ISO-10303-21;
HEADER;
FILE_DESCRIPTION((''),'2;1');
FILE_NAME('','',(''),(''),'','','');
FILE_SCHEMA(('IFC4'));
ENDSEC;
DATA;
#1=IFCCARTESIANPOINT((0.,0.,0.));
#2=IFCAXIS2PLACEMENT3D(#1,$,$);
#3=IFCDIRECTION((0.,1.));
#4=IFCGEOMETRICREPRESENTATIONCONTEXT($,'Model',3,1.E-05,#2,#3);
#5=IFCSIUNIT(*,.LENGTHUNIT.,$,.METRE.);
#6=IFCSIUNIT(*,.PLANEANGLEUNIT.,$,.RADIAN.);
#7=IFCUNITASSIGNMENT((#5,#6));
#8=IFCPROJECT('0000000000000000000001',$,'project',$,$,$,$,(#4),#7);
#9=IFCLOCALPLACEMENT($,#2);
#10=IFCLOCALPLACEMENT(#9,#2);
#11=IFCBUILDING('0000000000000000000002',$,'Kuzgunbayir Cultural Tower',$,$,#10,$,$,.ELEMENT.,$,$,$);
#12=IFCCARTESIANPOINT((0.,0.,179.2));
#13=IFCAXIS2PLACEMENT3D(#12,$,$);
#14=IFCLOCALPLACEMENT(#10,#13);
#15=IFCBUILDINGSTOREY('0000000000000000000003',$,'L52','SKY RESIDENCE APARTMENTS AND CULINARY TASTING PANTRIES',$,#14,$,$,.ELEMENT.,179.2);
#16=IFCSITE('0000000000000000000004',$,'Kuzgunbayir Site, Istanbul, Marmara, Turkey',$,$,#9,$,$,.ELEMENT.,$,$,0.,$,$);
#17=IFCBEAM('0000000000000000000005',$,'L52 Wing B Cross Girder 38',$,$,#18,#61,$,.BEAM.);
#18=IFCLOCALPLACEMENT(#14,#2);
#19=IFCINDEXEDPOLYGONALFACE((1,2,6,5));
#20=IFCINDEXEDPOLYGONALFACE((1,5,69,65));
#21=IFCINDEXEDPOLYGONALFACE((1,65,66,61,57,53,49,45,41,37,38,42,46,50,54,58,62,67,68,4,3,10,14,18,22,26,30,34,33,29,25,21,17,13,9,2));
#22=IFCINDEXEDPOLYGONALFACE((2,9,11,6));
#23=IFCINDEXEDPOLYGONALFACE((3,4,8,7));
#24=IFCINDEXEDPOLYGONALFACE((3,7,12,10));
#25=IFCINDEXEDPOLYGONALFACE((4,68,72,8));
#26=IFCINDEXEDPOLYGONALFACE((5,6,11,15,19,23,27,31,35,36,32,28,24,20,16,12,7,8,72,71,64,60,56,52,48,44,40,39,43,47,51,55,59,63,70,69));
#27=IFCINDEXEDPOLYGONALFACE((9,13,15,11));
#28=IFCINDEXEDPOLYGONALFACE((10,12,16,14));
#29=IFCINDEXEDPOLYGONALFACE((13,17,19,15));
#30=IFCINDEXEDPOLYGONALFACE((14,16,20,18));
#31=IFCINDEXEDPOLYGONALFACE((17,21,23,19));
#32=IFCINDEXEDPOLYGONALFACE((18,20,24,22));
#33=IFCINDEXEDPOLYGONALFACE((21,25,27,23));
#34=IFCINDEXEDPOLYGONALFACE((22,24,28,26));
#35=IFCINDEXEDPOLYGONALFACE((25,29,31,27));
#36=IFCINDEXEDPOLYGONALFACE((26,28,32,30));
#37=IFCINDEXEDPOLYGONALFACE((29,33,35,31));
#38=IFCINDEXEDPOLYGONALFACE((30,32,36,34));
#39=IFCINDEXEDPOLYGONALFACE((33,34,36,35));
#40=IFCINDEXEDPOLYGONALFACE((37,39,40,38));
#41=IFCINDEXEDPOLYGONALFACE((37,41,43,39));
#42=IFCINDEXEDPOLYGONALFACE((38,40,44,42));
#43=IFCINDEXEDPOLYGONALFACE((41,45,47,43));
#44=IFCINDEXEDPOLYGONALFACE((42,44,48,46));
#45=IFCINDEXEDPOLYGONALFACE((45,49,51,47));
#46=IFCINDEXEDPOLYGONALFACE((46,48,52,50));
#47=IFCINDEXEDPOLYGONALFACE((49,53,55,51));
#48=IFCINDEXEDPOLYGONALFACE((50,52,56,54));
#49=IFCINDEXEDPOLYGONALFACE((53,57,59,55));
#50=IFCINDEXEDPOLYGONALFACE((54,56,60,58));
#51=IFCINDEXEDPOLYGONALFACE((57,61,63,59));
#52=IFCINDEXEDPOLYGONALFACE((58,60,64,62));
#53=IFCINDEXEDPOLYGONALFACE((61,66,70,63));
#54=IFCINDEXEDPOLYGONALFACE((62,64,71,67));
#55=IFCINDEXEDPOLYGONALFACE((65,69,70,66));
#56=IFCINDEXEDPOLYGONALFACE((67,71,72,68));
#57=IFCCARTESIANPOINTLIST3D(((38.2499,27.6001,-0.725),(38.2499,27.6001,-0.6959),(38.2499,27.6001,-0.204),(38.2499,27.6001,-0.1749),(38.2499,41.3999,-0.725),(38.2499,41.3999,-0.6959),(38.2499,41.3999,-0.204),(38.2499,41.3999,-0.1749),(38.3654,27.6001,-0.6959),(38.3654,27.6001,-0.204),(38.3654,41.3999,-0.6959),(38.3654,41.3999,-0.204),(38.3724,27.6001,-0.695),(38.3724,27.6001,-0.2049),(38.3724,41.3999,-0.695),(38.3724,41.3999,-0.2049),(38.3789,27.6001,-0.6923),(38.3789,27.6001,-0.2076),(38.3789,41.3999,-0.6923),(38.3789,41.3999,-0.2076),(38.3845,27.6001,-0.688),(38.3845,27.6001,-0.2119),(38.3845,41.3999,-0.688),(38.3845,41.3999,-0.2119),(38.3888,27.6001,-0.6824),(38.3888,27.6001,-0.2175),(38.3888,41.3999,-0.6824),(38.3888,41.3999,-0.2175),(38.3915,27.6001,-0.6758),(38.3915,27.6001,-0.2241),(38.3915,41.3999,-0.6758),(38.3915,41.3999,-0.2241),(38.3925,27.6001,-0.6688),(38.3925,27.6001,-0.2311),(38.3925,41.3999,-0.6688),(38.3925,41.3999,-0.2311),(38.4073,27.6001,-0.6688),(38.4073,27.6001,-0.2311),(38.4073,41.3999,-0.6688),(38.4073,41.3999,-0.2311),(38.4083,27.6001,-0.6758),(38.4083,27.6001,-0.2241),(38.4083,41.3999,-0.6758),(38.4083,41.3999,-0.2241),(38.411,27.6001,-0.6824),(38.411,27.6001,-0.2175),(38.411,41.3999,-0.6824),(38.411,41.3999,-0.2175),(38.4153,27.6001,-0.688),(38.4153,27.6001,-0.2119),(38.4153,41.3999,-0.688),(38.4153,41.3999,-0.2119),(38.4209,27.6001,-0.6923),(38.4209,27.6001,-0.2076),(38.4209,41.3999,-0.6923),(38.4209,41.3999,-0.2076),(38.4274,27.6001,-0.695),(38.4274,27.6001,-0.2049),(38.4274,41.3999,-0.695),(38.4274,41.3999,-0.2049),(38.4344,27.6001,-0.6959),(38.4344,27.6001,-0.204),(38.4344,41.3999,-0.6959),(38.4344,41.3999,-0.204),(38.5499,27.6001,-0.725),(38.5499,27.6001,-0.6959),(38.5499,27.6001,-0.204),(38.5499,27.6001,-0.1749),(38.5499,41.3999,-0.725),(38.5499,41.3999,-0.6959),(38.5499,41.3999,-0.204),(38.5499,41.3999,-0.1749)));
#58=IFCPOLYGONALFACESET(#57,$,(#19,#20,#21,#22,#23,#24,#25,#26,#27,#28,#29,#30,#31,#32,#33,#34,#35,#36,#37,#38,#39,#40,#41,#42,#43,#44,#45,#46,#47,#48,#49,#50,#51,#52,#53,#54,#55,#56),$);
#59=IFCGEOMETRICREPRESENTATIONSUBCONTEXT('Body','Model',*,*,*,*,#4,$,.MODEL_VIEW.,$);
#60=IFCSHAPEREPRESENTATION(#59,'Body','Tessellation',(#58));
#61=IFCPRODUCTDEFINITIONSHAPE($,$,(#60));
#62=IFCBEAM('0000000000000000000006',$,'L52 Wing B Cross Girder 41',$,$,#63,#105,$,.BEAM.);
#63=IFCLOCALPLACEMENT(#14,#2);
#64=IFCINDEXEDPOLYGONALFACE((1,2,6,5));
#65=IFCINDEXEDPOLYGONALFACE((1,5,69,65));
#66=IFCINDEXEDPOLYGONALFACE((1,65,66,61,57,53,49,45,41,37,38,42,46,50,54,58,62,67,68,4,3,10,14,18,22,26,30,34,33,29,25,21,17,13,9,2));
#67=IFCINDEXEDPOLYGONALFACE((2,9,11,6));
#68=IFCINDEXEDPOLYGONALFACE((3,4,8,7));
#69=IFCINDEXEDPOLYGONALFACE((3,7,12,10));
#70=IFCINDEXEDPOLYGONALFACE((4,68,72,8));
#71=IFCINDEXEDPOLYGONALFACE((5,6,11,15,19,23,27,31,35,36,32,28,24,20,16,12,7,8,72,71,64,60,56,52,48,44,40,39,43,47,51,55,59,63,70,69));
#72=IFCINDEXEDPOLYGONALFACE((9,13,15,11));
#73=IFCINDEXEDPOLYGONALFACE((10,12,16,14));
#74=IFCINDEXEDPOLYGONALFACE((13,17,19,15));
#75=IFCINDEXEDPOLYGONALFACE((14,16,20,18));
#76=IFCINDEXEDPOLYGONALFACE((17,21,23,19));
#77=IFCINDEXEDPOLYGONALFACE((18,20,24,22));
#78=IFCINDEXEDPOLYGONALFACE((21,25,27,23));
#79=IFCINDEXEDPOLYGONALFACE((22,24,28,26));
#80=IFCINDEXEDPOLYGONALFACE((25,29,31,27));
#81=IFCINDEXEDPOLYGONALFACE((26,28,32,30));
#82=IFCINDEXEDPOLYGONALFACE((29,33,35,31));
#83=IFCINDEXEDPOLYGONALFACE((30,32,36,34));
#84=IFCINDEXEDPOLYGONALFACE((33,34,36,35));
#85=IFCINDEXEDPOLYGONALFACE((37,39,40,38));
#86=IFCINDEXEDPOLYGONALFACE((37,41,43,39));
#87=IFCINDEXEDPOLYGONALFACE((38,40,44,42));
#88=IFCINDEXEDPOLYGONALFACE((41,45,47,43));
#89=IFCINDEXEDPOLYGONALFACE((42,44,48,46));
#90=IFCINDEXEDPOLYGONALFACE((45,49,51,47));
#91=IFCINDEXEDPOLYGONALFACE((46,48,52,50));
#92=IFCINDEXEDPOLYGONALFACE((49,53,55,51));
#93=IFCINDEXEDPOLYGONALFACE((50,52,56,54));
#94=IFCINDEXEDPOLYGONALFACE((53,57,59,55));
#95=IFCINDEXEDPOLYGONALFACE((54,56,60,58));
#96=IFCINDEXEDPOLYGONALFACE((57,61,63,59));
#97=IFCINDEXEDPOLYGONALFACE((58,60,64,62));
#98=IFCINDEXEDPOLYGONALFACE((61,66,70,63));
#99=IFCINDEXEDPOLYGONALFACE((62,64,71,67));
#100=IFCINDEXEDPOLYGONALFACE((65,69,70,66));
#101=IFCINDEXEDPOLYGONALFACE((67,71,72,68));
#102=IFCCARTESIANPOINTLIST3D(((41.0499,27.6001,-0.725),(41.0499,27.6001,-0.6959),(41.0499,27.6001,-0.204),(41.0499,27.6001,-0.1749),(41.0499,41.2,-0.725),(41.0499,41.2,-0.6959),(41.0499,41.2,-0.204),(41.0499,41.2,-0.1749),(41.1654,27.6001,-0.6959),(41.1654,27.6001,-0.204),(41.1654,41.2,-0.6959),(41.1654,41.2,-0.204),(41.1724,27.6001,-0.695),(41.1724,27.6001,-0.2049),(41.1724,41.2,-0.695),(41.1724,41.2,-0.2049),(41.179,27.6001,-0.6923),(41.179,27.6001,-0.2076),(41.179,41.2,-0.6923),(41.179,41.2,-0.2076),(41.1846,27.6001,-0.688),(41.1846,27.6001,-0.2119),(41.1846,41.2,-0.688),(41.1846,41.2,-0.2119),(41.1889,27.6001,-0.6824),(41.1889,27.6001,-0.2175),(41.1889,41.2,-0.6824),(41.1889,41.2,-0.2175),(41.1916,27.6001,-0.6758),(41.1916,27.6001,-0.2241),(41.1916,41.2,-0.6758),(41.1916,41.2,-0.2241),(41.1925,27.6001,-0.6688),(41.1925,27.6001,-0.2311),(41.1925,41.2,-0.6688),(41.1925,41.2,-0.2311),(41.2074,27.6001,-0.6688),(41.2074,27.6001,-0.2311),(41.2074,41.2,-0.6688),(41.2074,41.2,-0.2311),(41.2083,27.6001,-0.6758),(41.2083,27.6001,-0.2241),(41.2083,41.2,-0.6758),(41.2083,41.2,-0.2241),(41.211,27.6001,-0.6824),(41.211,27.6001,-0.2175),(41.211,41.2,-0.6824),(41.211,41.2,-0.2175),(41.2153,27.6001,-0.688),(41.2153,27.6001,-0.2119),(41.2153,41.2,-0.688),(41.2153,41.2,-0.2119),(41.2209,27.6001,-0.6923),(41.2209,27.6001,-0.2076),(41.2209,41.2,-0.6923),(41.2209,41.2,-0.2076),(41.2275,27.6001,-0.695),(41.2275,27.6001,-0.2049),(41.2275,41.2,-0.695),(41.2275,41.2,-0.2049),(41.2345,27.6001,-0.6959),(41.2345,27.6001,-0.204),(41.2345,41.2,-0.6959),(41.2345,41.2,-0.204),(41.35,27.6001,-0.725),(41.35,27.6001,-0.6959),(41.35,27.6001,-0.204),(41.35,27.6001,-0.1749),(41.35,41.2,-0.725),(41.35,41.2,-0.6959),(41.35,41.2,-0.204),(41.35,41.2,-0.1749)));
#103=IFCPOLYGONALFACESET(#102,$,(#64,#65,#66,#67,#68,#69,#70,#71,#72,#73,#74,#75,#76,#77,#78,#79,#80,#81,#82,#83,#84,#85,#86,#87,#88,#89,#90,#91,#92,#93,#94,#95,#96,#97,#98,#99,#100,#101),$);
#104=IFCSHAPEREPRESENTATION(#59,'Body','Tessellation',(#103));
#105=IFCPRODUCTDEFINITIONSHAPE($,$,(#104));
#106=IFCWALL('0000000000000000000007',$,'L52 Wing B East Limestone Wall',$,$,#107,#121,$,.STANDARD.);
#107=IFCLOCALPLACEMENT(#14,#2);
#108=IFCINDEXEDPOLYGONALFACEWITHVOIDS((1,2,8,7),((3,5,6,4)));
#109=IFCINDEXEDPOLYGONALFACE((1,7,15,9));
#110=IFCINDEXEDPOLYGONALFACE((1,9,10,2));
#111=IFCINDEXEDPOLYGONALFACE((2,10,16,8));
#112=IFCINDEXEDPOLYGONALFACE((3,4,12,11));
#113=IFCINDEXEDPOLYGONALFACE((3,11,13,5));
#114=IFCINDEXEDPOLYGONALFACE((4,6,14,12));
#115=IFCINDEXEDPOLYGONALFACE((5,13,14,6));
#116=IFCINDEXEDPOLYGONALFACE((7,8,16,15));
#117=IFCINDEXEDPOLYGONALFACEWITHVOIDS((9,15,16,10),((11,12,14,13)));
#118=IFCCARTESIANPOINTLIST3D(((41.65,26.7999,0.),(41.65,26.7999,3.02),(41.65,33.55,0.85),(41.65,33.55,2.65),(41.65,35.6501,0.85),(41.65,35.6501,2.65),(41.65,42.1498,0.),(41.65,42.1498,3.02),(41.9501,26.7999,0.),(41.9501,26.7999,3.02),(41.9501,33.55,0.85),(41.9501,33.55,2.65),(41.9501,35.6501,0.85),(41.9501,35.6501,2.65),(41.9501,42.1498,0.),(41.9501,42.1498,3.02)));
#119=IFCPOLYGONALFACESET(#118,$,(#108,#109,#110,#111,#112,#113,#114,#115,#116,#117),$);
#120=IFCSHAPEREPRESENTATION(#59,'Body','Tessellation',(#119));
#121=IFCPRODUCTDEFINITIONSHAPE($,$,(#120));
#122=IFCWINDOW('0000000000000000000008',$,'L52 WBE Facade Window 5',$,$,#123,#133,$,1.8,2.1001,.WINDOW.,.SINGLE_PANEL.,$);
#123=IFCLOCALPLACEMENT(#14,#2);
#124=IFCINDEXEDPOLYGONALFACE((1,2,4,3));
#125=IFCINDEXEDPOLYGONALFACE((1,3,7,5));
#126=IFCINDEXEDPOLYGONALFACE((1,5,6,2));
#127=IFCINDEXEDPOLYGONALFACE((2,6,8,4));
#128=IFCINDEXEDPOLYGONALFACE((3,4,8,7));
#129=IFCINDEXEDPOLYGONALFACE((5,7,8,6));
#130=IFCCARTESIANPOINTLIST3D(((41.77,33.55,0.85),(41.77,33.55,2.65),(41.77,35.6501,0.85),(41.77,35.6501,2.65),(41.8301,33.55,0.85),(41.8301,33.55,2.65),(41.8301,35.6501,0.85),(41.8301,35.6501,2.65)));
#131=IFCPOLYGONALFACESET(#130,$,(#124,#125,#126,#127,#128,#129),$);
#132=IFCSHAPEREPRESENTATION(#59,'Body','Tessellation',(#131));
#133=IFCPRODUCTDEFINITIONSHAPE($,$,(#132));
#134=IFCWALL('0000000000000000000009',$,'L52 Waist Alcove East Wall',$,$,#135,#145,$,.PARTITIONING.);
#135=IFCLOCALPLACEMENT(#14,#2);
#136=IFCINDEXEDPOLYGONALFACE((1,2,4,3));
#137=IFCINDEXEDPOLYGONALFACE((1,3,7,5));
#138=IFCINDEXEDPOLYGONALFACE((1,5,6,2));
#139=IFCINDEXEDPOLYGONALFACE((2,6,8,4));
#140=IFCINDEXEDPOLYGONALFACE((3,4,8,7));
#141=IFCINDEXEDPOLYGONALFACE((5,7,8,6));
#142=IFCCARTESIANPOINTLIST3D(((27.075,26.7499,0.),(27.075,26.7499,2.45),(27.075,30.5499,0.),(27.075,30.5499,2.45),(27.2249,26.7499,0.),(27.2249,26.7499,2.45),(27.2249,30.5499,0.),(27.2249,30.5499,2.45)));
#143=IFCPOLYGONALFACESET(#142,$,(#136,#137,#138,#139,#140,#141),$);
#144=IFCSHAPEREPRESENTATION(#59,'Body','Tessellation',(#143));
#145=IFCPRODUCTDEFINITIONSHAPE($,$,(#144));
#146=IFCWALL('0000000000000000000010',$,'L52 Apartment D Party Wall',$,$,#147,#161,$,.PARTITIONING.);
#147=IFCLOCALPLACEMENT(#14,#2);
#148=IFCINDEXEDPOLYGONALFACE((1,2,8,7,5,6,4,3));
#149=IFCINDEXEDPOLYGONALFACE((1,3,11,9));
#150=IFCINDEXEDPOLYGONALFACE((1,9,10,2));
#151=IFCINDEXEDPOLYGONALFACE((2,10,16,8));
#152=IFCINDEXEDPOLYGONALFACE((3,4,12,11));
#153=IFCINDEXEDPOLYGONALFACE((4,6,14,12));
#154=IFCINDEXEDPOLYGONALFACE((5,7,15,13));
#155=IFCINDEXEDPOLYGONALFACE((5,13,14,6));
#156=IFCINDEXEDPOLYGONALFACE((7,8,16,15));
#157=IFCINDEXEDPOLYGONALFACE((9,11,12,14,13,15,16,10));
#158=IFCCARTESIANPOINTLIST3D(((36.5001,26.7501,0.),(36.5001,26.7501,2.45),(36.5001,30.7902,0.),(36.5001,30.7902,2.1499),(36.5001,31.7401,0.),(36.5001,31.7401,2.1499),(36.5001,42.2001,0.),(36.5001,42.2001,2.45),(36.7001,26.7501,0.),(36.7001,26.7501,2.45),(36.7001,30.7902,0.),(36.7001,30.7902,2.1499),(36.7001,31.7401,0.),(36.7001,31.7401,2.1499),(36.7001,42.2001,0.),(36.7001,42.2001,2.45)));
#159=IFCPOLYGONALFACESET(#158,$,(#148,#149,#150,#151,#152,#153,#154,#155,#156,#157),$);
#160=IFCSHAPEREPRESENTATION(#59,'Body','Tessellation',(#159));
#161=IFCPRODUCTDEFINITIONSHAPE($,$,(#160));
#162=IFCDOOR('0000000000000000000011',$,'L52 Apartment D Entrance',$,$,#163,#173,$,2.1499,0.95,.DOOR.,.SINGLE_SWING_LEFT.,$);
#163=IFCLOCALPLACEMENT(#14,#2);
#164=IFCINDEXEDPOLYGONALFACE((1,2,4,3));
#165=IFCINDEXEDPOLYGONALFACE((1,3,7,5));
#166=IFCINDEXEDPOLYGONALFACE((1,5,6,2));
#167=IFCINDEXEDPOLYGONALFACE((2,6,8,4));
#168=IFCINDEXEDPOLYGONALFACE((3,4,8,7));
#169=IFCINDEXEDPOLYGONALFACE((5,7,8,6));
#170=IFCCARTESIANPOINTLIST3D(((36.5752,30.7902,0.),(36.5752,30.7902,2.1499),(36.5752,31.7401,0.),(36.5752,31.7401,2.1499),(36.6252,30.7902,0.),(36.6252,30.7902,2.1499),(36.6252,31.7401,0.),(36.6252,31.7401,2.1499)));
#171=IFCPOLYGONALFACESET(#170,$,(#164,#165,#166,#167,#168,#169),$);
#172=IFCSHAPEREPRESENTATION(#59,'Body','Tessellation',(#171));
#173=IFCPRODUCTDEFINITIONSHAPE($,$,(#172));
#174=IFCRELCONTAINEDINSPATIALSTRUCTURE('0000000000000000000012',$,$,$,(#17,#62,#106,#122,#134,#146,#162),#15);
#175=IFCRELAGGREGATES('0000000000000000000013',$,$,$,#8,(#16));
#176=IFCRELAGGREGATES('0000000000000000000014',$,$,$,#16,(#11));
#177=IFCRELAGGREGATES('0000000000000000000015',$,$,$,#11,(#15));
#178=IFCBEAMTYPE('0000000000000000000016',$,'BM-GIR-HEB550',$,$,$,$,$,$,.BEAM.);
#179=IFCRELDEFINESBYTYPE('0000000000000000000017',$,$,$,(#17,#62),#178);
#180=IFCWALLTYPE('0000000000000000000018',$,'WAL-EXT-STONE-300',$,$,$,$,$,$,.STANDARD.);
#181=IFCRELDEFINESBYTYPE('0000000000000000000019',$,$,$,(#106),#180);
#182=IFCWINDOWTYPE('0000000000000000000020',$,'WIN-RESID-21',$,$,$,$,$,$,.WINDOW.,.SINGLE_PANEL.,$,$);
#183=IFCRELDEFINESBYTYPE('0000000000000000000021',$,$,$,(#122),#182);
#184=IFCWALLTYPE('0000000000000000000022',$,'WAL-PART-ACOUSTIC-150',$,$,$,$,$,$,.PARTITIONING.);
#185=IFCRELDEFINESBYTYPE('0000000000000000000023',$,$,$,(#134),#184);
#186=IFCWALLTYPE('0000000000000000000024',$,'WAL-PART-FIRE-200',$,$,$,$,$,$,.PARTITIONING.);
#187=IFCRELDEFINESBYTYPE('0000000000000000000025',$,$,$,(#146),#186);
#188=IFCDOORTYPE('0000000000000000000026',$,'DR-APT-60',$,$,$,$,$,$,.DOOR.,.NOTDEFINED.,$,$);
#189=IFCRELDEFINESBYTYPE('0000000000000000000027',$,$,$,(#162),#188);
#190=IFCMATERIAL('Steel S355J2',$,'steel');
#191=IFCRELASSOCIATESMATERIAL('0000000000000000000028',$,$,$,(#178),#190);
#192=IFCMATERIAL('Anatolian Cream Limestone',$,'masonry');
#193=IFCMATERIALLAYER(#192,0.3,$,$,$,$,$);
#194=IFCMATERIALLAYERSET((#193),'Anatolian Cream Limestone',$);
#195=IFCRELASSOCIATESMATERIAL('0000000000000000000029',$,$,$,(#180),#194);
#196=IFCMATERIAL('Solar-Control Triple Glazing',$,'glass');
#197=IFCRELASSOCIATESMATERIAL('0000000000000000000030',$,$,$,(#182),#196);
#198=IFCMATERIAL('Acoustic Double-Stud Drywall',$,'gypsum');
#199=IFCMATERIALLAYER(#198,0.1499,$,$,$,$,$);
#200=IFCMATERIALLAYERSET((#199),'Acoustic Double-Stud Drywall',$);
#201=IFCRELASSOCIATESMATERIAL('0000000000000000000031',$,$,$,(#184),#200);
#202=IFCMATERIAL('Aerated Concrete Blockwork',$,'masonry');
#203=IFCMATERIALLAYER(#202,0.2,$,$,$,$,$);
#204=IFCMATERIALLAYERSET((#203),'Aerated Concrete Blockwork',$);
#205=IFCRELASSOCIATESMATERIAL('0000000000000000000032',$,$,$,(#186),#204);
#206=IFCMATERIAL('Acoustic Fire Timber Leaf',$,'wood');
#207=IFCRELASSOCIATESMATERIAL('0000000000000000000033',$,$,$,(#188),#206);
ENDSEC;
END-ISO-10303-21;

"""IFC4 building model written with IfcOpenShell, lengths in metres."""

from ifc_helpers import new_model, si_unit, direction, frame, frame_2d, origin, origin_2d, place, context, subcontext, project, spatial, rectangle, i_section, extrude, material, layer, layer_set, material_profile, profile_set, type_object, element, fill, save


model = new_model("IFC4")

# Units and contexts
model_context = context("Model", 3, precision=1e-05, world=origin(), true_north=direction((0.0, 1.0)))
body_context = subcontext(model_context, "Body", "Model", "MODEL_VIEW")
ifc_project = project(units=[si_unit("LENGTHUNIT", "METRE"), si_unit("PLANEANGLEUNIT", "RADIAN")], contexts=[model_context])

# Site, building, storey
site_placement = place(None, origin())
site = spatial("IfcSite", under=ifc_project, at=site_placement, Name="Kuzgunbayir Site, Istanbul, Marmara, Turkey", CompositionType="ELEMENT", RefElevation=0.0)
building_placement = place(site_placement, origin())
building = spatial("IfcBuilding", under=site, at=building_placement, Name="Kuzgunbayir Cultural Tower", CompositionType="ELEMENT")
storey_placement = place(building_placement, frame((0.0, 0.0, 179.2)))
storey = spatial("IfcBuildingStorey", under=building, at=storey_placement, Name="L52", Description="SKY RESIDENCE APARTMENTS AND CULINARY TASTING PANTRIES", CompositionType="ELEMENT", Elevation=179.2)

# Beams
ifc_material_1 = material(Name="Steel S355J2", Category="steel")
ifc_material_profile_1 = material_profile(ifc_material_1, i_section(OverallWidth=0.3, OverallDepth=0.55, WebThickness=0.0149, FlangeThickness=0.0291, FilletRadius=0.0271, at=origin_2d()), Name="HEB 550")
ifc_profile_set_1 = profile_set([ifc_material_profile_1], Name="Steel S355J2")
beam_type_1 = type_object("IfcBeamType", Name="BM-GIR-HEB550", PredefinedType="BEAM", material=ifc_profile_set_1)
beam_1_placement = place(storey_placement, frame((38.3999, 27.6001, -0.45), z_axis=(0.0, 1.0, 0.0), x_axis=(-1.0, 0.0, 0.0)))
element("IfcBeam", 1, at=beam_1_placement, inside=storey, type_object=beam_type_1, Name="L52 Wing B Cross Girder 38", PredefinedType="BEAM", context=body_context, shape_type="SweptSolid", body=[
    extrude(i_section(OverallWidth=0.3, OverallDepth=0.55, WebThickness=0.0149, FlangeThickness=0.0291, FilletRadius=0.0271, at=origin_2d()), origin(), (0.0, 0.0, 1.0), 13.7998),
])
beam_2_placement = place(storey_placement, frame((41.2, 27.6001, -0.45), z_axis=(0.0, 1.0, 0.0), x_axis=(-1.0, 0.0, 0.0)))
element("IfcBeam", 2, at=beam_2_placement, inside=storey, type_object=beam_type_1, Name="L52 Wing B Cross Girder 41", PredefinedType="BEAM", context=body_context, shape_type="SweptSolid", body=[
    extrude(i_section(OverallWidth=0.3, OverallDepth=0.55, WebThickness=0.0149, FlangeThickness=0.0291, FilletRadius=0.0271, at=origin_2d()), origin(), (0.0, 0.0, 1.0), 13.5999),
])

# Wall, opening, window
ifc_material_2 = material(Name="Anatolian Cream Limestone", Category="masonry")
ifc_layer_1 = layer(ifc_material_2, 0.3)
ifc_layer_set_1 = layer_set([ifc_layer_1], Name="Anatolian Cream Limestone")
wall_type_1 = type_object("IfcWallType", Name="WAL-EXT-STONE-300", PredefinedType="STANDARD", material=ifc_layer_set_1)
wall_1_placement = place(storey_placement, frame((41.8, 26.8, 0.0), z_axis=(0.0, 0.0, 1.0), x_axis=(0.0, 1.0, 0.0)))
wall_1 = element("IfcWall", 3, at=wall_1_placement, inside=storey, type_object=wall_type_1, Name="L52 Wing B East Limestone Wall", PredefinedType="STANDARD", context=body_context, shape_type="SweptSolid", body=[
    extrude(rectangle(XDim=15.3499, YDim=0.3, at=frame_2d((7.6748, 0.0))), origin(), (0.0, 0.0, 1.0), 3.02),
])
opening_1_placement = place(wall_1_placement, frame((6.75, 0.0, 0.8501)))
opening_1 = element("IfcOpeningElement", 4, at=opening_1_placement, cuts=wall_1, PredefinedType="OPENING", context=body_context, shape_type="SweptSolid", body=[
    extrude(rectangle(XDim=2.1001, YDim=1.8, at=frame_2d((1.05, 0.8999))), frame((0.0, 0.1602, 0.0), z_axis=(0.0, -1.0, 0.0), x_axis=(1.0, 0.0, 0.0)), (0.0, 0.0, 1.0), 0.3201),
])
ifc_material_3 = material(Name="Solar-Control Triple Glazing", Category="glass")
window_type = type_object("IfcWindowType", Name="WIN-RESID-21", PartitioningType="SINGLE_PANEL", PredefinedType="WINDOW", material=ifc_material_3)
window_placement = place(opening_1_placement, origin())
window = element("IfcWindow", 5, at=window_placement, inside=storey, type_object=window_type, Name="L52 WBE Facade Window 5", OverallHeight=1.8, OverallWidth=2.1001, PartitioningType="SINGLE_PANEL", PredefinedType="WINDOW", context=body_context, shape_type="SweptSolid", body=[
    extrude(rectangle(XDim=2.1001, YDim=1.8, at=frame_2d((1.05, 0.8999))), frame((0.0, 0.03, 0.0), z_axis=(0.0, -1.0, 0.0), x_axis=(1.0, 0.0, 0.0)), (0.0, 0.0, 1.0), 0.0601),
])
fill(opening_1, window)

# Wall
ifc_material_4 = material(Name="Acoustic Double-Stud Drywall", Category="gypsum")
ifc_layer_2 = layer(ifc_material_4, 0.1499)
ifc_layer_set_2 = layer_set([ifc_layer_2], Name="Acoustic Double-Stud Drywall")
wall_type_2 = type_object("IfcWallType", Name="WAL-PART-ACOUSTIC-150", PredefinedType="PARTITIONING", material=ifc_layer_set_2)
wall_2_placement = place(storey_placement, frame((27.1499, 26.75, 0.0), z_axis=(0.0, 0.0, 1.0), x_axis=(0.0, 1.0, 0.0)))
element("IfcWall", 6, at=wall_2_placement, inside=storey, type_object=wall_type_2, Name="L52 Waist Alcove East Wall", PredefinedType="PARTITIONING", context=body_context, shape_type="SweptSolid", body=[
    extrude(rectangle(XDim=3.8, YDim=0.1499, at=frame_2d((1.8999, 0.0))), origin(), (0.0, 0.0, 1.0), 2.45),
])

# Wall, opening, door
ifc_material_5 = material(Name="Aerated Concrete Blockwork", Category="masonry")
ifc_layer_3 = layer(ifc_material_5, 0.2)
ifc_layer_set_3 = layer_set([ifc_layer_3], Name="Aerated Concrete Blockwork")
wall_type_3 = type_object("IfcWallType", Name="WAL-PART-FIRE-200", PredefinedType="PARTITIONING", material=ifc_layer_set_3)
wall_3_placement = place(storey_placement, frame((36.6001, 26.75, 0.0), z_axis=(0.0, 0.0, 1.0), x_axis=(0.0, 1.0, 0.0)))
wall_3 = element("IfcWall", 7, at=wall_3_placement, inside=storey, type_object=wall_type_3, Name="L52 Apartment D Party Wall", PredefinedType="PARTITIONING", context=body_context, shape_type="SweptSolid", body=[
    extrude(rectangle(XDim=15.45, YDim=0.2, at=frame_2d((7.7251, 0.0))), origin(), (0.0, 0.0, 1.0), 2.45),
])
opening_2_placement = place(wall_3_placement, frame((4.04, 0.0, 0.0)))
opening_2 = element("IfcOpeningElement", 8, at=opening_2_placement, cuts=wall_3, PredefinedType="OPENING", context=body_context, shape_type="SweptSolid", body=[
    extrude(rectangle(XDim=0.95, YDim=2.1499, at=frame_2d((0.4751, 1.075))), frame((0.0, 0.1099, 0.0), z_axis=(0.0, -1.0, 0.0), x_axis=(1.0, 0.0, 0.0)), (0.0, 0.0, 1.0), 0.22),
])
ifc_material_6 = material(Name="Acoustic Fire Timber Leaf", Category="wood")
door_type = type_object("IfcDoorType", Name="DR-APT-60", OperationType="NOTDEFINED", PredefinedType="DOOR", material=ifc_material_6)
door_placement = place(opening_2_placement, origin())
door = element("IfcDoor", 9, at=door_placement, inside=storey, type_object=door_type, Name="L52 Apartment D Entrance", OperationType="SINGLE_SWING_LEFT", OverallHeight=2.1499, OverallWidth=0.95, PredefinedType="DOOR", context=body_context, shape_type="SweptSolid", body=[
    extrude(rectangle(XDim=0.95, YDim=2.1499, at=frame_2d((0.4751, 1.075))), frame((0.0, 0.0249, 0.0), z_axis=(0.0, -1.0, 0.0), x_axis=(1.0, 0.0, 0.0)), (0.0, 0.0, 1.0), 0.05),
])
fill(opening_2, door)

save(model, "model.ifc")
